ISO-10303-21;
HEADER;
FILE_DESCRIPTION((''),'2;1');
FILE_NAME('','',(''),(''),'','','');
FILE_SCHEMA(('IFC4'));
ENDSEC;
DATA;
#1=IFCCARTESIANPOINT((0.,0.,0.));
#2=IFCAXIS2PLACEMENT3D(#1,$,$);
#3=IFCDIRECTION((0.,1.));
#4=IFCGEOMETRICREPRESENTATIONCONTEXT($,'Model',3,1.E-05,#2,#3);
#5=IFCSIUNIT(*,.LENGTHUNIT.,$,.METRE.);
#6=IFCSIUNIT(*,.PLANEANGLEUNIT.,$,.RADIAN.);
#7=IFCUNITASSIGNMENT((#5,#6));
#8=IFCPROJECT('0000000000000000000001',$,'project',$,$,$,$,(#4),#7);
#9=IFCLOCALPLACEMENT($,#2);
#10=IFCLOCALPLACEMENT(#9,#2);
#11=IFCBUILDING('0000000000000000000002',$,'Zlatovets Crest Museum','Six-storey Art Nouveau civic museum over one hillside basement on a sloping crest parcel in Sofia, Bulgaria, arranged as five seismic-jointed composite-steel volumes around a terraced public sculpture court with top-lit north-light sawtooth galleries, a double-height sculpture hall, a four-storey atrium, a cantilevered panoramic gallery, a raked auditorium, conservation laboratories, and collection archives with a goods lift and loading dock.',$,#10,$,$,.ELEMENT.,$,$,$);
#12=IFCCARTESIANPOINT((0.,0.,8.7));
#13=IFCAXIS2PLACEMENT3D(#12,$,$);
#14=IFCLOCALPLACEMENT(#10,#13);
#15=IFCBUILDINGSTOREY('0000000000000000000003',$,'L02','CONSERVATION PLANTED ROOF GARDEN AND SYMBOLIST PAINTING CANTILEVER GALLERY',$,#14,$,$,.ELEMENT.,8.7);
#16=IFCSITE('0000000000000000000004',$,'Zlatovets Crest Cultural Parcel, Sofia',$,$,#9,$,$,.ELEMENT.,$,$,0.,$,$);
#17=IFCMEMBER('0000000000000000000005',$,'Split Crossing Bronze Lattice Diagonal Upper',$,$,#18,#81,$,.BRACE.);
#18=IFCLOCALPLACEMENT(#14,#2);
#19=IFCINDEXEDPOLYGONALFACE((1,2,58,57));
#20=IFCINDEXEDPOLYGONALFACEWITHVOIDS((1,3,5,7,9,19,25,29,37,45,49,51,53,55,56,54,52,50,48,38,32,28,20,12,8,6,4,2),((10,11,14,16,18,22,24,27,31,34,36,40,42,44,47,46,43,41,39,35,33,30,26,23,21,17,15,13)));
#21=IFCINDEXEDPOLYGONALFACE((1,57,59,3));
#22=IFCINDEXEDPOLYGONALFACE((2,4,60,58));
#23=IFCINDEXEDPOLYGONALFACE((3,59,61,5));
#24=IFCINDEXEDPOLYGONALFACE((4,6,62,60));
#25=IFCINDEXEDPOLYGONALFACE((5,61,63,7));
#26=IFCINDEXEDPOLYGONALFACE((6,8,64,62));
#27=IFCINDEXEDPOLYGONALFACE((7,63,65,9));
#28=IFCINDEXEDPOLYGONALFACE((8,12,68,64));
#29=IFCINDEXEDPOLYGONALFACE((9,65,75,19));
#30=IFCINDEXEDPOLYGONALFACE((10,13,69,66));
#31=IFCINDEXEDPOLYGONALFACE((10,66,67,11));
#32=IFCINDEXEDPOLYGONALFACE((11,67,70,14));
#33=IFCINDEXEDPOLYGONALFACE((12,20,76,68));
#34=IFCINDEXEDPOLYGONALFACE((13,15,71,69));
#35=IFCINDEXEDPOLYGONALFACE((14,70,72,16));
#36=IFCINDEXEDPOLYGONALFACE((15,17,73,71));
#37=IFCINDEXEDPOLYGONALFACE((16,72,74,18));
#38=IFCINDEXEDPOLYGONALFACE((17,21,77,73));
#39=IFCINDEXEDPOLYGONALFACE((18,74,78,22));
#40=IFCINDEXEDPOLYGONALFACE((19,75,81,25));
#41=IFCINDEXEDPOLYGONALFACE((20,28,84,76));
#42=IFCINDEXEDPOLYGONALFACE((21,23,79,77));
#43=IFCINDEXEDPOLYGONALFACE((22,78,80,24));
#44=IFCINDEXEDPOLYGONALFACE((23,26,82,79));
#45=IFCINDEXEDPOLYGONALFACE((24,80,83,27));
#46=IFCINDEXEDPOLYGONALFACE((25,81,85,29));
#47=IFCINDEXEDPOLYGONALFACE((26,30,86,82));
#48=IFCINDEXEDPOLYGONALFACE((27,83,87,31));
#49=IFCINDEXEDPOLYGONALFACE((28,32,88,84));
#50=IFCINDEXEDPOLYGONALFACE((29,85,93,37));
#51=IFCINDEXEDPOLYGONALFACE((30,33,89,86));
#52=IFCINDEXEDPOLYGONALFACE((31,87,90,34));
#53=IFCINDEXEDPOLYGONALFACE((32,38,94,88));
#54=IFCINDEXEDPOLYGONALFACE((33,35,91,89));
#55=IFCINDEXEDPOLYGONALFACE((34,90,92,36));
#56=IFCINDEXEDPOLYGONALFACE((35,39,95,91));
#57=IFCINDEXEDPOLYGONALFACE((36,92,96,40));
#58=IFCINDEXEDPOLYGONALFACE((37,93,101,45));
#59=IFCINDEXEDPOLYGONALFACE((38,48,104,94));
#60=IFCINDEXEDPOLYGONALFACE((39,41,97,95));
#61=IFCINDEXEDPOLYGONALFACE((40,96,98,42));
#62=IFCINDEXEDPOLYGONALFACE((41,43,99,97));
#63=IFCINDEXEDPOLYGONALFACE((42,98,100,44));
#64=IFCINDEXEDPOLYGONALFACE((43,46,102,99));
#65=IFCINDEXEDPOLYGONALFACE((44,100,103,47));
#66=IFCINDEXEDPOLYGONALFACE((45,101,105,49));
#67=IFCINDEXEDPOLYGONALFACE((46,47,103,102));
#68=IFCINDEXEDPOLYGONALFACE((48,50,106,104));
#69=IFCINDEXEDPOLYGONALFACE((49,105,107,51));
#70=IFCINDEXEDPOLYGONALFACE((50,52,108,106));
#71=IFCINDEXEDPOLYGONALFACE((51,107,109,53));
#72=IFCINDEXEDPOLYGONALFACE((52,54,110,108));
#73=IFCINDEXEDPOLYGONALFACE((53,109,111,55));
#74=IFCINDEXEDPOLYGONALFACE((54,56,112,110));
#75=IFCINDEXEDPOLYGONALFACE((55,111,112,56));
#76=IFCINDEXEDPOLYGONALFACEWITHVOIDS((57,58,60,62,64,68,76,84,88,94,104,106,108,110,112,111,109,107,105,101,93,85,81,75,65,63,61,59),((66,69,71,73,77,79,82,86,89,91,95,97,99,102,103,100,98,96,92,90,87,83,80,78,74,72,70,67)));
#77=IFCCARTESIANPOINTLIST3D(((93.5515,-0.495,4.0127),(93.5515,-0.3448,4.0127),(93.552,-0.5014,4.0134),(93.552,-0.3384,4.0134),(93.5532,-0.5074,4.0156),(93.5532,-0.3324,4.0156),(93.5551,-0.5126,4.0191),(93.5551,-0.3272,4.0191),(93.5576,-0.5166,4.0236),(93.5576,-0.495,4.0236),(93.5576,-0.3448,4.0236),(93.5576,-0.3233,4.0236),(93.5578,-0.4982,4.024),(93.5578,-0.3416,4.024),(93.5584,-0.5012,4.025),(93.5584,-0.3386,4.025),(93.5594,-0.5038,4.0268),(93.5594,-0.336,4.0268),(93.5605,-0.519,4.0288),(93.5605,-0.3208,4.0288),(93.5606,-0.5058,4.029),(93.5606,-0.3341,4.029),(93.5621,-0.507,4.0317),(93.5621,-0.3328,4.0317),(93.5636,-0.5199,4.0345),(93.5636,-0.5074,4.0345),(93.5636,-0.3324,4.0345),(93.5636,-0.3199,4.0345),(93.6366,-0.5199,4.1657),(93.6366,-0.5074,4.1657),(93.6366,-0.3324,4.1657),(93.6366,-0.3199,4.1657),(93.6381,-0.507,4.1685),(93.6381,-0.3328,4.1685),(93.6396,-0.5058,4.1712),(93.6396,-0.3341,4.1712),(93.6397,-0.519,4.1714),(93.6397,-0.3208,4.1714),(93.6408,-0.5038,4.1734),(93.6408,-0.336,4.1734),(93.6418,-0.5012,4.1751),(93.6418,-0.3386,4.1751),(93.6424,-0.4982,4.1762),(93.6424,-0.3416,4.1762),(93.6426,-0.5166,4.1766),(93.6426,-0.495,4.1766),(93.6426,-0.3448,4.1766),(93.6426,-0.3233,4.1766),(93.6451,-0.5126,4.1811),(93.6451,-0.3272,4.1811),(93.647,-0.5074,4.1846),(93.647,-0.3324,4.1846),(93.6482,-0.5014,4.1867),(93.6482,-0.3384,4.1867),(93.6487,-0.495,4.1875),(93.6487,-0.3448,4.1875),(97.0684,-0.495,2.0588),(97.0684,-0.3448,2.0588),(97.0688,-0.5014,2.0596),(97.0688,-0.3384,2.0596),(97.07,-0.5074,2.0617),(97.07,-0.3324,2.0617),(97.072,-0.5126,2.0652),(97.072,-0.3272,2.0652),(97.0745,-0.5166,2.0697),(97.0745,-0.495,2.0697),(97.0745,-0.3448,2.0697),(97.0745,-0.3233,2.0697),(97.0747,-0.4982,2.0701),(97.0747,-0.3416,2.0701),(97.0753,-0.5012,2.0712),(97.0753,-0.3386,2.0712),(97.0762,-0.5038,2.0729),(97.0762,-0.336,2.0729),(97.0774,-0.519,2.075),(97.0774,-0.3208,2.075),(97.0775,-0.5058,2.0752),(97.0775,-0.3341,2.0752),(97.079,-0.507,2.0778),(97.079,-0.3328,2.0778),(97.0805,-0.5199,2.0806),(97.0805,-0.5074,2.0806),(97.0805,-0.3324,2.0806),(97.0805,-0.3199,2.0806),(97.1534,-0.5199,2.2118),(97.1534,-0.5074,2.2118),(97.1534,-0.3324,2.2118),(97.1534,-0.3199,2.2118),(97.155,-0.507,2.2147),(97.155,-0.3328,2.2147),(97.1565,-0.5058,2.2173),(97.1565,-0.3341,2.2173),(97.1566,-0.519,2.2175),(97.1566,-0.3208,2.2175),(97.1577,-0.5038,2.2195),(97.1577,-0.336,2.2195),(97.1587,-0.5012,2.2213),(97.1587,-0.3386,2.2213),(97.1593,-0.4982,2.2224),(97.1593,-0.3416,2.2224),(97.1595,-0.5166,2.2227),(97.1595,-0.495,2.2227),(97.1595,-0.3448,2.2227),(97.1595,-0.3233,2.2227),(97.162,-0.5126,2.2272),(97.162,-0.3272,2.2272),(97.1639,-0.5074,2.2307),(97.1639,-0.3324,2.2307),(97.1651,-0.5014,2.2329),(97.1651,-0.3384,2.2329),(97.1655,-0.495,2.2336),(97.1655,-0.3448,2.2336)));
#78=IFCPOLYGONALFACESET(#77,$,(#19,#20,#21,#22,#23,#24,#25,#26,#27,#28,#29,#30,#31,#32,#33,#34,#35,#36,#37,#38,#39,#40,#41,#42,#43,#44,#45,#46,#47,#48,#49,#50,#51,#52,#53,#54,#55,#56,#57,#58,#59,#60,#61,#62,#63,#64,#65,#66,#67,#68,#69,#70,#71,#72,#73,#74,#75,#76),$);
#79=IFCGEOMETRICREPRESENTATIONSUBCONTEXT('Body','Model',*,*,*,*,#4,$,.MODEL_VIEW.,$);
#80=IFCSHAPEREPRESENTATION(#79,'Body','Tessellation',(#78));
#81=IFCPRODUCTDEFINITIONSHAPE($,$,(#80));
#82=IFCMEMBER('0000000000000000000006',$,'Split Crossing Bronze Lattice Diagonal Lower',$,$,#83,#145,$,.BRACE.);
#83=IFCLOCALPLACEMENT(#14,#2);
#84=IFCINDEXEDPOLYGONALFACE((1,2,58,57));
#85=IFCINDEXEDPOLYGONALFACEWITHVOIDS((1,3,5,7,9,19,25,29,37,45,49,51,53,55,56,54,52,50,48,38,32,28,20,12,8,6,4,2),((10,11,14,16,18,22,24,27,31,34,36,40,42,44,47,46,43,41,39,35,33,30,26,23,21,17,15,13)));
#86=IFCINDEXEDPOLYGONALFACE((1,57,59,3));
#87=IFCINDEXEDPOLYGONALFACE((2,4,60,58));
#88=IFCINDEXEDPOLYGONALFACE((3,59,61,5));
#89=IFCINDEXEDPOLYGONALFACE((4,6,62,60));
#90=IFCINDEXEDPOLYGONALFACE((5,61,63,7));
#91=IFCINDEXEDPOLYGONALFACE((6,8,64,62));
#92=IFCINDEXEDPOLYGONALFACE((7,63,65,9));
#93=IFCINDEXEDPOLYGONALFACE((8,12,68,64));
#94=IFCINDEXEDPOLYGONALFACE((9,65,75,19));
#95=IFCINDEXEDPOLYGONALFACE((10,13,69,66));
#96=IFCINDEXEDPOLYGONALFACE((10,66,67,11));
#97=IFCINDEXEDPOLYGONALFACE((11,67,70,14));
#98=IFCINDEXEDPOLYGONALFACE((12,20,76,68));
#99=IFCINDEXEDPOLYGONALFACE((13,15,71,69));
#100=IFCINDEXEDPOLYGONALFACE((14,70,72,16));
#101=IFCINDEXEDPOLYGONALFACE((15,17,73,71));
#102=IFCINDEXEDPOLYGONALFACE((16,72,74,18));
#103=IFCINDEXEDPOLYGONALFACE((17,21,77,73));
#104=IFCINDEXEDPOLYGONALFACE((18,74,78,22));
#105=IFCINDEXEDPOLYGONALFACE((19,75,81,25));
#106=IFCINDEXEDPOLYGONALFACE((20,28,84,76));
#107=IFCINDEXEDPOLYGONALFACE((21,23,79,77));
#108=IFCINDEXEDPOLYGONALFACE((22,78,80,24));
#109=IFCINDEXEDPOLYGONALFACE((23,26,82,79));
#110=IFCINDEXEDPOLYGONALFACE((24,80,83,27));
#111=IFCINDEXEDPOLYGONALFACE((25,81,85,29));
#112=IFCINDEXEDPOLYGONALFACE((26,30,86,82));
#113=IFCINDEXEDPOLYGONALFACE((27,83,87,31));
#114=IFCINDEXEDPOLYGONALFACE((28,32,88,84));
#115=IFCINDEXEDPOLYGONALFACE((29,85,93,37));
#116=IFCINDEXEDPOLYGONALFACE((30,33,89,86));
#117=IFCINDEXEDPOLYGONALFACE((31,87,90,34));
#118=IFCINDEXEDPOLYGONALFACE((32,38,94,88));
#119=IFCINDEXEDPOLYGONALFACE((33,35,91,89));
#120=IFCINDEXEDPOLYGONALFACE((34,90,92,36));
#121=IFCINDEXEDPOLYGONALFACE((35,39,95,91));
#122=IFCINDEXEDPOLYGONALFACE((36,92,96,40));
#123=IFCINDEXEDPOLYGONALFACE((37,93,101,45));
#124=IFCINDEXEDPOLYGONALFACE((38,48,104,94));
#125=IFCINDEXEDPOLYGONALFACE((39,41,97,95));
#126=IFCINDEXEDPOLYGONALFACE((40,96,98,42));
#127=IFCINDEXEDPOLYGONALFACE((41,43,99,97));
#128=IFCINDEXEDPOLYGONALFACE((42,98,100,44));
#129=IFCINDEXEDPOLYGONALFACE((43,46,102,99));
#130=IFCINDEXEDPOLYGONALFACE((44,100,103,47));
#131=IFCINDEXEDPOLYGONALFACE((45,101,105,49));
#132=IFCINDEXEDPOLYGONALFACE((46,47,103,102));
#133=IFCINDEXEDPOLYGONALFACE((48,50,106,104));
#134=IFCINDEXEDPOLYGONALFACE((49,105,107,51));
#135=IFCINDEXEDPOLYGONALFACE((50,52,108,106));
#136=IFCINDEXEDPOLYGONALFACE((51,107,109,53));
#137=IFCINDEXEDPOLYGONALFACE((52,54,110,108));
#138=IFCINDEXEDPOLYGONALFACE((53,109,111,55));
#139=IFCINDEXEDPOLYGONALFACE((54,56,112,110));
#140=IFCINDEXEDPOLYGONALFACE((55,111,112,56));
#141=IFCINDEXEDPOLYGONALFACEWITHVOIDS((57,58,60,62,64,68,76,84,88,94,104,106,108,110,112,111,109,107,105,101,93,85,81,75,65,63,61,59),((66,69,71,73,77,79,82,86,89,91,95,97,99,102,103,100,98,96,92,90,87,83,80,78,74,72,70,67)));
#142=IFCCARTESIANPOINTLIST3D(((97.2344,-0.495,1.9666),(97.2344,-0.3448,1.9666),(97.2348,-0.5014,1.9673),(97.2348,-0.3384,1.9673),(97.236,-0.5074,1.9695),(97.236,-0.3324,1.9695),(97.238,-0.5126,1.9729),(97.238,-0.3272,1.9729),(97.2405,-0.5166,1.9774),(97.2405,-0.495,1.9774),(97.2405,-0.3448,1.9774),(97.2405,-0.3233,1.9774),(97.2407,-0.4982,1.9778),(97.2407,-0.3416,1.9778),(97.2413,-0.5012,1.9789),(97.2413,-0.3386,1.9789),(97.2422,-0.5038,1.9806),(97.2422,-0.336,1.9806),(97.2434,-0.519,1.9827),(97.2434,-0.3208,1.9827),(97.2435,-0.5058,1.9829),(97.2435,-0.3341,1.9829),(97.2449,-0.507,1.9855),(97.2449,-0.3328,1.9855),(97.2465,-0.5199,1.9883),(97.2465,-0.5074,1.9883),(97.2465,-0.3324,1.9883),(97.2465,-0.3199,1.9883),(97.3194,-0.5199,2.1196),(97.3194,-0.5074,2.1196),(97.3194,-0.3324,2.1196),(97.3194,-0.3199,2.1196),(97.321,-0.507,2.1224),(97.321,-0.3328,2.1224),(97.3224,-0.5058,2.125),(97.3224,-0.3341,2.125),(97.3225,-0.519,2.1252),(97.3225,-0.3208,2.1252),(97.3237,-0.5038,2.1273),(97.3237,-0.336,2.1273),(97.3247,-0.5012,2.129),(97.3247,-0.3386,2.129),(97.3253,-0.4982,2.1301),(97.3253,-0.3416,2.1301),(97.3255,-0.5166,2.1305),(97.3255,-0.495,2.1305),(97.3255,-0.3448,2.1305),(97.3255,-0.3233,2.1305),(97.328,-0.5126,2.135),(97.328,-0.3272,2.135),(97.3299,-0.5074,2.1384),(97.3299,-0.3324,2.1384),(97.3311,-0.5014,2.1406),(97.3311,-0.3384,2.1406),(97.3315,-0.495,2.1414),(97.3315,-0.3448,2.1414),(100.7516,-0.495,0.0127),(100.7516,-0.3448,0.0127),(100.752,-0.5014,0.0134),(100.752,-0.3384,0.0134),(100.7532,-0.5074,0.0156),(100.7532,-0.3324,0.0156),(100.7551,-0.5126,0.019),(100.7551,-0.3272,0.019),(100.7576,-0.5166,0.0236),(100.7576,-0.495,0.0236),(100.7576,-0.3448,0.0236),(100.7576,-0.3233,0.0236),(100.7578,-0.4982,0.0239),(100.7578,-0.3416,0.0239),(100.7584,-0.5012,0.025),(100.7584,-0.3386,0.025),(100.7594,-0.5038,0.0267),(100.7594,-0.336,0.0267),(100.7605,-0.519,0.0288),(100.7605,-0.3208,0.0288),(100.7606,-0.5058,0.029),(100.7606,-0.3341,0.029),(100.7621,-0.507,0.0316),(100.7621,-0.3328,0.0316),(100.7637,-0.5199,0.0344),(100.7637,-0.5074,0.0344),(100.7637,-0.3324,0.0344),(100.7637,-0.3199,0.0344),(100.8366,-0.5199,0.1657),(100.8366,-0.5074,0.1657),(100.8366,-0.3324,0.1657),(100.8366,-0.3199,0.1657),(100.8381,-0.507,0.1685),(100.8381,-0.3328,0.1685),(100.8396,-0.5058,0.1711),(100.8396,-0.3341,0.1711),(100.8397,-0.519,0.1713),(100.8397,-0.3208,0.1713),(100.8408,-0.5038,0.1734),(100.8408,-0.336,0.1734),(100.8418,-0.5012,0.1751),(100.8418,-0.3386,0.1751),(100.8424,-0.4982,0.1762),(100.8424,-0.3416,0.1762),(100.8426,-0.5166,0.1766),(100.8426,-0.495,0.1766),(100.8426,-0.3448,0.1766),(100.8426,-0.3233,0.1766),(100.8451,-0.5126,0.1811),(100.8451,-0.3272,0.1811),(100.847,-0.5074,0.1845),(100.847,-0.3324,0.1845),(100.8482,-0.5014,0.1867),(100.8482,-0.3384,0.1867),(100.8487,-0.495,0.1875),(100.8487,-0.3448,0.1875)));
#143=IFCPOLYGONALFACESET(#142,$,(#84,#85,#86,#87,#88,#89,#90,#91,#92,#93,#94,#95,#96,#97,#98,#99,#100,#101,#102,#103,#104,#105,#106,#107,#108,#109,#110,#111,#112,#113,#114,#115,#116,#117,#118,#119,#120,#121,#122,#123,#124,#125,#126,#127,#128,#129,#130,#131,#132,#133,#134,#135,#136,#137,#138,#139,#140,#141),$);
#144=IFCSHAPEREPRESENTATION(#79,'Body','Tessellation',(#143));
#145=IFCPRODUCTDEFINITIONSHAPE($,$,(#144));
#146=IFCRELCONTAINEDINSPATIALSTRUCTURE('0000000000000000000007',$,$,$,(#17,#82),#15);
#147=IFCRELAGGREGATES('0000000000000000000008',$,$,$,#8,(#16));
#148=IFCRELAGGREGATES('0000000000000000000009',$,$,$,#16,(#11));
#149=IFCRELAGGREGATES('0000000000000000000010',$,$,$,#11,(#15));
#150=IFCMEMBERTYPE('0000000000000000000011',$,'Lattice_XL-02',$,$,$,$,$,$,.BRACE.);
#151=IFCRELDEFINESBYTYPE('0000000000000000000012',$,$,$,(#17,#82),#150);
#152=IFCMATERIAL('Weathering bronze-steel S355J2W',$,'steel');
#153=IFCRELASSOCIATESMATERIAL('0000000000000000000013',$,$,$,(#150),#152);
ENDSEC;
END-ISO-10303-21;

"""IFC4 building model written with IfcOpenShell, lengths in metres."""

from ifc_helpers import new_model, si_unit, direction, frame, origin, origin_2d, place, context, subcontext, project, spatial, hollow_rectangle, extrude, material, material_profile, profile_set, type_object, element, save


model = new_model("IFC4")

# Units and contexts
model_context = context("Model", 3, precision=1e-05, world=origin(), true_north=direction((0.0, 1.0)))
body_context = subcontext(model_context, "Body", "Model", "MODEL_VIEW")
ifc_project = project(units=[si_unit("LENGTHUNIT", "METRE"), si_unit("PLANEANGLEUNIT", "RADIAN")], contexts=[model_context])

# Site, building, storey
site_placement = place(None, origin())
site = spatial("IfcSite", under=ifc_project, at=site_placement, Name="Zlatovets Crest Cultural Parcel, Sofia", CompositionType="ELEMENT", RefElevation=0.0)
building_placement = place(site_placement, origin())
building = spatial("IfcBuilding", under=site, at=building_placement, Name="Zlatovets Crest Museum", Description="Six-storey Art Nouveau civic museum over one hillside basement on a sloping crest parcel in Sofia, Bulgaria, arranged as five seismic-jointed composite-steel volumes around a terraced public sculpture court with top-lit north-light sawtooth galleries, a double-height sculpture hall, a four-storey atrium, a cantilevered panoramic gallery, a raked auditorium, conservation laboratories, and collection archives with a goods lift and loading dock.", CompositionType="ELEMENT")
storey_placement = place(building_placement, frame((0.0, 0.0, 8.7)))
storey = spatial("IfcBuildingStorey", under=building, at=storey_placement, Name="L02", Description="CONSERVATION PLANTED ROOF GARDEN AND SYMBOLIST PAINTING CANTILEVER GALLERY", CompositionType="ELEMENT", Elevation=8.7)

# Members
ifc_material_1 = material(Name="Weathering bronze-steel S355J2W", Category="steel")
ifc_material_profile_1 = material_profile(ifc_material_1, hollow_rectangle(XDim=0.2, YDim=0.2, WallThickness=0.0125, InnerFilletRadius=0.0125, OuterFilletRadius=0.0249, at=origin_2d()), Name="SHS 200x200x12.5")
ifc_profile_set_1 = profile_set([ifc_material_profile_1], Name="Weathering bronze-steel S355J2W")
member_type_1 = type_object("IfcMemberType", Name="Lattice_XL-02", PredefinedType="BRACE", material=ifc_profile_set_1)
member_1_placement = place(storey_placement, frame((93.6001, -0.4199, 4.1001), z_axis=(0.874152, 0.0, -0.485653), x_axis=(0.0, 1.0, 0.0)))
element("IfcMember", 1, at=member_1_placement, inside=storey, type_object=member_type_1, Name="Split Crossing Bronze Lattice Diagonal Upper", PredefinedType="BRACE", context=body_context, shape_type="SweptSolid", body=[
    extrude(hollow_rectangle(XDim=0.2, YDim=0.2, WallThickness=0.0125, InnerFilletRadius=0.0125, OuterFilletRadius=0.0249, at=origin_2d()), origin(), (0.0, 0.0, 1.0), 4.0232),
])
member_2_placement = place(storey_placement, frame((97.283, -0.4199, 2.054), z_axis=(0.874166, 0.0, -0.485627), x_axis=(0.0, 1.0, 0.0)))
element("IfcMember", 2, at=member_2_placement, inside=storey, type_object=member_type_1, Name="Split Crossing Bronze Lattice Diagonal Lower", PredefinedType="BRACE", context=body_context, shape_type="SweptSolid", body=[
    extrude(hollow_rectangle(XDim=0.2, YDim=0.2, WallThickness=0.0125, InnerFilletRadius=0.0125, OuterFilletRadius=0.0249, at=origin_2d()), origin(), (0.0, 0.0, 1.0), 4.0234),
])

save(model, "model.ifc")
